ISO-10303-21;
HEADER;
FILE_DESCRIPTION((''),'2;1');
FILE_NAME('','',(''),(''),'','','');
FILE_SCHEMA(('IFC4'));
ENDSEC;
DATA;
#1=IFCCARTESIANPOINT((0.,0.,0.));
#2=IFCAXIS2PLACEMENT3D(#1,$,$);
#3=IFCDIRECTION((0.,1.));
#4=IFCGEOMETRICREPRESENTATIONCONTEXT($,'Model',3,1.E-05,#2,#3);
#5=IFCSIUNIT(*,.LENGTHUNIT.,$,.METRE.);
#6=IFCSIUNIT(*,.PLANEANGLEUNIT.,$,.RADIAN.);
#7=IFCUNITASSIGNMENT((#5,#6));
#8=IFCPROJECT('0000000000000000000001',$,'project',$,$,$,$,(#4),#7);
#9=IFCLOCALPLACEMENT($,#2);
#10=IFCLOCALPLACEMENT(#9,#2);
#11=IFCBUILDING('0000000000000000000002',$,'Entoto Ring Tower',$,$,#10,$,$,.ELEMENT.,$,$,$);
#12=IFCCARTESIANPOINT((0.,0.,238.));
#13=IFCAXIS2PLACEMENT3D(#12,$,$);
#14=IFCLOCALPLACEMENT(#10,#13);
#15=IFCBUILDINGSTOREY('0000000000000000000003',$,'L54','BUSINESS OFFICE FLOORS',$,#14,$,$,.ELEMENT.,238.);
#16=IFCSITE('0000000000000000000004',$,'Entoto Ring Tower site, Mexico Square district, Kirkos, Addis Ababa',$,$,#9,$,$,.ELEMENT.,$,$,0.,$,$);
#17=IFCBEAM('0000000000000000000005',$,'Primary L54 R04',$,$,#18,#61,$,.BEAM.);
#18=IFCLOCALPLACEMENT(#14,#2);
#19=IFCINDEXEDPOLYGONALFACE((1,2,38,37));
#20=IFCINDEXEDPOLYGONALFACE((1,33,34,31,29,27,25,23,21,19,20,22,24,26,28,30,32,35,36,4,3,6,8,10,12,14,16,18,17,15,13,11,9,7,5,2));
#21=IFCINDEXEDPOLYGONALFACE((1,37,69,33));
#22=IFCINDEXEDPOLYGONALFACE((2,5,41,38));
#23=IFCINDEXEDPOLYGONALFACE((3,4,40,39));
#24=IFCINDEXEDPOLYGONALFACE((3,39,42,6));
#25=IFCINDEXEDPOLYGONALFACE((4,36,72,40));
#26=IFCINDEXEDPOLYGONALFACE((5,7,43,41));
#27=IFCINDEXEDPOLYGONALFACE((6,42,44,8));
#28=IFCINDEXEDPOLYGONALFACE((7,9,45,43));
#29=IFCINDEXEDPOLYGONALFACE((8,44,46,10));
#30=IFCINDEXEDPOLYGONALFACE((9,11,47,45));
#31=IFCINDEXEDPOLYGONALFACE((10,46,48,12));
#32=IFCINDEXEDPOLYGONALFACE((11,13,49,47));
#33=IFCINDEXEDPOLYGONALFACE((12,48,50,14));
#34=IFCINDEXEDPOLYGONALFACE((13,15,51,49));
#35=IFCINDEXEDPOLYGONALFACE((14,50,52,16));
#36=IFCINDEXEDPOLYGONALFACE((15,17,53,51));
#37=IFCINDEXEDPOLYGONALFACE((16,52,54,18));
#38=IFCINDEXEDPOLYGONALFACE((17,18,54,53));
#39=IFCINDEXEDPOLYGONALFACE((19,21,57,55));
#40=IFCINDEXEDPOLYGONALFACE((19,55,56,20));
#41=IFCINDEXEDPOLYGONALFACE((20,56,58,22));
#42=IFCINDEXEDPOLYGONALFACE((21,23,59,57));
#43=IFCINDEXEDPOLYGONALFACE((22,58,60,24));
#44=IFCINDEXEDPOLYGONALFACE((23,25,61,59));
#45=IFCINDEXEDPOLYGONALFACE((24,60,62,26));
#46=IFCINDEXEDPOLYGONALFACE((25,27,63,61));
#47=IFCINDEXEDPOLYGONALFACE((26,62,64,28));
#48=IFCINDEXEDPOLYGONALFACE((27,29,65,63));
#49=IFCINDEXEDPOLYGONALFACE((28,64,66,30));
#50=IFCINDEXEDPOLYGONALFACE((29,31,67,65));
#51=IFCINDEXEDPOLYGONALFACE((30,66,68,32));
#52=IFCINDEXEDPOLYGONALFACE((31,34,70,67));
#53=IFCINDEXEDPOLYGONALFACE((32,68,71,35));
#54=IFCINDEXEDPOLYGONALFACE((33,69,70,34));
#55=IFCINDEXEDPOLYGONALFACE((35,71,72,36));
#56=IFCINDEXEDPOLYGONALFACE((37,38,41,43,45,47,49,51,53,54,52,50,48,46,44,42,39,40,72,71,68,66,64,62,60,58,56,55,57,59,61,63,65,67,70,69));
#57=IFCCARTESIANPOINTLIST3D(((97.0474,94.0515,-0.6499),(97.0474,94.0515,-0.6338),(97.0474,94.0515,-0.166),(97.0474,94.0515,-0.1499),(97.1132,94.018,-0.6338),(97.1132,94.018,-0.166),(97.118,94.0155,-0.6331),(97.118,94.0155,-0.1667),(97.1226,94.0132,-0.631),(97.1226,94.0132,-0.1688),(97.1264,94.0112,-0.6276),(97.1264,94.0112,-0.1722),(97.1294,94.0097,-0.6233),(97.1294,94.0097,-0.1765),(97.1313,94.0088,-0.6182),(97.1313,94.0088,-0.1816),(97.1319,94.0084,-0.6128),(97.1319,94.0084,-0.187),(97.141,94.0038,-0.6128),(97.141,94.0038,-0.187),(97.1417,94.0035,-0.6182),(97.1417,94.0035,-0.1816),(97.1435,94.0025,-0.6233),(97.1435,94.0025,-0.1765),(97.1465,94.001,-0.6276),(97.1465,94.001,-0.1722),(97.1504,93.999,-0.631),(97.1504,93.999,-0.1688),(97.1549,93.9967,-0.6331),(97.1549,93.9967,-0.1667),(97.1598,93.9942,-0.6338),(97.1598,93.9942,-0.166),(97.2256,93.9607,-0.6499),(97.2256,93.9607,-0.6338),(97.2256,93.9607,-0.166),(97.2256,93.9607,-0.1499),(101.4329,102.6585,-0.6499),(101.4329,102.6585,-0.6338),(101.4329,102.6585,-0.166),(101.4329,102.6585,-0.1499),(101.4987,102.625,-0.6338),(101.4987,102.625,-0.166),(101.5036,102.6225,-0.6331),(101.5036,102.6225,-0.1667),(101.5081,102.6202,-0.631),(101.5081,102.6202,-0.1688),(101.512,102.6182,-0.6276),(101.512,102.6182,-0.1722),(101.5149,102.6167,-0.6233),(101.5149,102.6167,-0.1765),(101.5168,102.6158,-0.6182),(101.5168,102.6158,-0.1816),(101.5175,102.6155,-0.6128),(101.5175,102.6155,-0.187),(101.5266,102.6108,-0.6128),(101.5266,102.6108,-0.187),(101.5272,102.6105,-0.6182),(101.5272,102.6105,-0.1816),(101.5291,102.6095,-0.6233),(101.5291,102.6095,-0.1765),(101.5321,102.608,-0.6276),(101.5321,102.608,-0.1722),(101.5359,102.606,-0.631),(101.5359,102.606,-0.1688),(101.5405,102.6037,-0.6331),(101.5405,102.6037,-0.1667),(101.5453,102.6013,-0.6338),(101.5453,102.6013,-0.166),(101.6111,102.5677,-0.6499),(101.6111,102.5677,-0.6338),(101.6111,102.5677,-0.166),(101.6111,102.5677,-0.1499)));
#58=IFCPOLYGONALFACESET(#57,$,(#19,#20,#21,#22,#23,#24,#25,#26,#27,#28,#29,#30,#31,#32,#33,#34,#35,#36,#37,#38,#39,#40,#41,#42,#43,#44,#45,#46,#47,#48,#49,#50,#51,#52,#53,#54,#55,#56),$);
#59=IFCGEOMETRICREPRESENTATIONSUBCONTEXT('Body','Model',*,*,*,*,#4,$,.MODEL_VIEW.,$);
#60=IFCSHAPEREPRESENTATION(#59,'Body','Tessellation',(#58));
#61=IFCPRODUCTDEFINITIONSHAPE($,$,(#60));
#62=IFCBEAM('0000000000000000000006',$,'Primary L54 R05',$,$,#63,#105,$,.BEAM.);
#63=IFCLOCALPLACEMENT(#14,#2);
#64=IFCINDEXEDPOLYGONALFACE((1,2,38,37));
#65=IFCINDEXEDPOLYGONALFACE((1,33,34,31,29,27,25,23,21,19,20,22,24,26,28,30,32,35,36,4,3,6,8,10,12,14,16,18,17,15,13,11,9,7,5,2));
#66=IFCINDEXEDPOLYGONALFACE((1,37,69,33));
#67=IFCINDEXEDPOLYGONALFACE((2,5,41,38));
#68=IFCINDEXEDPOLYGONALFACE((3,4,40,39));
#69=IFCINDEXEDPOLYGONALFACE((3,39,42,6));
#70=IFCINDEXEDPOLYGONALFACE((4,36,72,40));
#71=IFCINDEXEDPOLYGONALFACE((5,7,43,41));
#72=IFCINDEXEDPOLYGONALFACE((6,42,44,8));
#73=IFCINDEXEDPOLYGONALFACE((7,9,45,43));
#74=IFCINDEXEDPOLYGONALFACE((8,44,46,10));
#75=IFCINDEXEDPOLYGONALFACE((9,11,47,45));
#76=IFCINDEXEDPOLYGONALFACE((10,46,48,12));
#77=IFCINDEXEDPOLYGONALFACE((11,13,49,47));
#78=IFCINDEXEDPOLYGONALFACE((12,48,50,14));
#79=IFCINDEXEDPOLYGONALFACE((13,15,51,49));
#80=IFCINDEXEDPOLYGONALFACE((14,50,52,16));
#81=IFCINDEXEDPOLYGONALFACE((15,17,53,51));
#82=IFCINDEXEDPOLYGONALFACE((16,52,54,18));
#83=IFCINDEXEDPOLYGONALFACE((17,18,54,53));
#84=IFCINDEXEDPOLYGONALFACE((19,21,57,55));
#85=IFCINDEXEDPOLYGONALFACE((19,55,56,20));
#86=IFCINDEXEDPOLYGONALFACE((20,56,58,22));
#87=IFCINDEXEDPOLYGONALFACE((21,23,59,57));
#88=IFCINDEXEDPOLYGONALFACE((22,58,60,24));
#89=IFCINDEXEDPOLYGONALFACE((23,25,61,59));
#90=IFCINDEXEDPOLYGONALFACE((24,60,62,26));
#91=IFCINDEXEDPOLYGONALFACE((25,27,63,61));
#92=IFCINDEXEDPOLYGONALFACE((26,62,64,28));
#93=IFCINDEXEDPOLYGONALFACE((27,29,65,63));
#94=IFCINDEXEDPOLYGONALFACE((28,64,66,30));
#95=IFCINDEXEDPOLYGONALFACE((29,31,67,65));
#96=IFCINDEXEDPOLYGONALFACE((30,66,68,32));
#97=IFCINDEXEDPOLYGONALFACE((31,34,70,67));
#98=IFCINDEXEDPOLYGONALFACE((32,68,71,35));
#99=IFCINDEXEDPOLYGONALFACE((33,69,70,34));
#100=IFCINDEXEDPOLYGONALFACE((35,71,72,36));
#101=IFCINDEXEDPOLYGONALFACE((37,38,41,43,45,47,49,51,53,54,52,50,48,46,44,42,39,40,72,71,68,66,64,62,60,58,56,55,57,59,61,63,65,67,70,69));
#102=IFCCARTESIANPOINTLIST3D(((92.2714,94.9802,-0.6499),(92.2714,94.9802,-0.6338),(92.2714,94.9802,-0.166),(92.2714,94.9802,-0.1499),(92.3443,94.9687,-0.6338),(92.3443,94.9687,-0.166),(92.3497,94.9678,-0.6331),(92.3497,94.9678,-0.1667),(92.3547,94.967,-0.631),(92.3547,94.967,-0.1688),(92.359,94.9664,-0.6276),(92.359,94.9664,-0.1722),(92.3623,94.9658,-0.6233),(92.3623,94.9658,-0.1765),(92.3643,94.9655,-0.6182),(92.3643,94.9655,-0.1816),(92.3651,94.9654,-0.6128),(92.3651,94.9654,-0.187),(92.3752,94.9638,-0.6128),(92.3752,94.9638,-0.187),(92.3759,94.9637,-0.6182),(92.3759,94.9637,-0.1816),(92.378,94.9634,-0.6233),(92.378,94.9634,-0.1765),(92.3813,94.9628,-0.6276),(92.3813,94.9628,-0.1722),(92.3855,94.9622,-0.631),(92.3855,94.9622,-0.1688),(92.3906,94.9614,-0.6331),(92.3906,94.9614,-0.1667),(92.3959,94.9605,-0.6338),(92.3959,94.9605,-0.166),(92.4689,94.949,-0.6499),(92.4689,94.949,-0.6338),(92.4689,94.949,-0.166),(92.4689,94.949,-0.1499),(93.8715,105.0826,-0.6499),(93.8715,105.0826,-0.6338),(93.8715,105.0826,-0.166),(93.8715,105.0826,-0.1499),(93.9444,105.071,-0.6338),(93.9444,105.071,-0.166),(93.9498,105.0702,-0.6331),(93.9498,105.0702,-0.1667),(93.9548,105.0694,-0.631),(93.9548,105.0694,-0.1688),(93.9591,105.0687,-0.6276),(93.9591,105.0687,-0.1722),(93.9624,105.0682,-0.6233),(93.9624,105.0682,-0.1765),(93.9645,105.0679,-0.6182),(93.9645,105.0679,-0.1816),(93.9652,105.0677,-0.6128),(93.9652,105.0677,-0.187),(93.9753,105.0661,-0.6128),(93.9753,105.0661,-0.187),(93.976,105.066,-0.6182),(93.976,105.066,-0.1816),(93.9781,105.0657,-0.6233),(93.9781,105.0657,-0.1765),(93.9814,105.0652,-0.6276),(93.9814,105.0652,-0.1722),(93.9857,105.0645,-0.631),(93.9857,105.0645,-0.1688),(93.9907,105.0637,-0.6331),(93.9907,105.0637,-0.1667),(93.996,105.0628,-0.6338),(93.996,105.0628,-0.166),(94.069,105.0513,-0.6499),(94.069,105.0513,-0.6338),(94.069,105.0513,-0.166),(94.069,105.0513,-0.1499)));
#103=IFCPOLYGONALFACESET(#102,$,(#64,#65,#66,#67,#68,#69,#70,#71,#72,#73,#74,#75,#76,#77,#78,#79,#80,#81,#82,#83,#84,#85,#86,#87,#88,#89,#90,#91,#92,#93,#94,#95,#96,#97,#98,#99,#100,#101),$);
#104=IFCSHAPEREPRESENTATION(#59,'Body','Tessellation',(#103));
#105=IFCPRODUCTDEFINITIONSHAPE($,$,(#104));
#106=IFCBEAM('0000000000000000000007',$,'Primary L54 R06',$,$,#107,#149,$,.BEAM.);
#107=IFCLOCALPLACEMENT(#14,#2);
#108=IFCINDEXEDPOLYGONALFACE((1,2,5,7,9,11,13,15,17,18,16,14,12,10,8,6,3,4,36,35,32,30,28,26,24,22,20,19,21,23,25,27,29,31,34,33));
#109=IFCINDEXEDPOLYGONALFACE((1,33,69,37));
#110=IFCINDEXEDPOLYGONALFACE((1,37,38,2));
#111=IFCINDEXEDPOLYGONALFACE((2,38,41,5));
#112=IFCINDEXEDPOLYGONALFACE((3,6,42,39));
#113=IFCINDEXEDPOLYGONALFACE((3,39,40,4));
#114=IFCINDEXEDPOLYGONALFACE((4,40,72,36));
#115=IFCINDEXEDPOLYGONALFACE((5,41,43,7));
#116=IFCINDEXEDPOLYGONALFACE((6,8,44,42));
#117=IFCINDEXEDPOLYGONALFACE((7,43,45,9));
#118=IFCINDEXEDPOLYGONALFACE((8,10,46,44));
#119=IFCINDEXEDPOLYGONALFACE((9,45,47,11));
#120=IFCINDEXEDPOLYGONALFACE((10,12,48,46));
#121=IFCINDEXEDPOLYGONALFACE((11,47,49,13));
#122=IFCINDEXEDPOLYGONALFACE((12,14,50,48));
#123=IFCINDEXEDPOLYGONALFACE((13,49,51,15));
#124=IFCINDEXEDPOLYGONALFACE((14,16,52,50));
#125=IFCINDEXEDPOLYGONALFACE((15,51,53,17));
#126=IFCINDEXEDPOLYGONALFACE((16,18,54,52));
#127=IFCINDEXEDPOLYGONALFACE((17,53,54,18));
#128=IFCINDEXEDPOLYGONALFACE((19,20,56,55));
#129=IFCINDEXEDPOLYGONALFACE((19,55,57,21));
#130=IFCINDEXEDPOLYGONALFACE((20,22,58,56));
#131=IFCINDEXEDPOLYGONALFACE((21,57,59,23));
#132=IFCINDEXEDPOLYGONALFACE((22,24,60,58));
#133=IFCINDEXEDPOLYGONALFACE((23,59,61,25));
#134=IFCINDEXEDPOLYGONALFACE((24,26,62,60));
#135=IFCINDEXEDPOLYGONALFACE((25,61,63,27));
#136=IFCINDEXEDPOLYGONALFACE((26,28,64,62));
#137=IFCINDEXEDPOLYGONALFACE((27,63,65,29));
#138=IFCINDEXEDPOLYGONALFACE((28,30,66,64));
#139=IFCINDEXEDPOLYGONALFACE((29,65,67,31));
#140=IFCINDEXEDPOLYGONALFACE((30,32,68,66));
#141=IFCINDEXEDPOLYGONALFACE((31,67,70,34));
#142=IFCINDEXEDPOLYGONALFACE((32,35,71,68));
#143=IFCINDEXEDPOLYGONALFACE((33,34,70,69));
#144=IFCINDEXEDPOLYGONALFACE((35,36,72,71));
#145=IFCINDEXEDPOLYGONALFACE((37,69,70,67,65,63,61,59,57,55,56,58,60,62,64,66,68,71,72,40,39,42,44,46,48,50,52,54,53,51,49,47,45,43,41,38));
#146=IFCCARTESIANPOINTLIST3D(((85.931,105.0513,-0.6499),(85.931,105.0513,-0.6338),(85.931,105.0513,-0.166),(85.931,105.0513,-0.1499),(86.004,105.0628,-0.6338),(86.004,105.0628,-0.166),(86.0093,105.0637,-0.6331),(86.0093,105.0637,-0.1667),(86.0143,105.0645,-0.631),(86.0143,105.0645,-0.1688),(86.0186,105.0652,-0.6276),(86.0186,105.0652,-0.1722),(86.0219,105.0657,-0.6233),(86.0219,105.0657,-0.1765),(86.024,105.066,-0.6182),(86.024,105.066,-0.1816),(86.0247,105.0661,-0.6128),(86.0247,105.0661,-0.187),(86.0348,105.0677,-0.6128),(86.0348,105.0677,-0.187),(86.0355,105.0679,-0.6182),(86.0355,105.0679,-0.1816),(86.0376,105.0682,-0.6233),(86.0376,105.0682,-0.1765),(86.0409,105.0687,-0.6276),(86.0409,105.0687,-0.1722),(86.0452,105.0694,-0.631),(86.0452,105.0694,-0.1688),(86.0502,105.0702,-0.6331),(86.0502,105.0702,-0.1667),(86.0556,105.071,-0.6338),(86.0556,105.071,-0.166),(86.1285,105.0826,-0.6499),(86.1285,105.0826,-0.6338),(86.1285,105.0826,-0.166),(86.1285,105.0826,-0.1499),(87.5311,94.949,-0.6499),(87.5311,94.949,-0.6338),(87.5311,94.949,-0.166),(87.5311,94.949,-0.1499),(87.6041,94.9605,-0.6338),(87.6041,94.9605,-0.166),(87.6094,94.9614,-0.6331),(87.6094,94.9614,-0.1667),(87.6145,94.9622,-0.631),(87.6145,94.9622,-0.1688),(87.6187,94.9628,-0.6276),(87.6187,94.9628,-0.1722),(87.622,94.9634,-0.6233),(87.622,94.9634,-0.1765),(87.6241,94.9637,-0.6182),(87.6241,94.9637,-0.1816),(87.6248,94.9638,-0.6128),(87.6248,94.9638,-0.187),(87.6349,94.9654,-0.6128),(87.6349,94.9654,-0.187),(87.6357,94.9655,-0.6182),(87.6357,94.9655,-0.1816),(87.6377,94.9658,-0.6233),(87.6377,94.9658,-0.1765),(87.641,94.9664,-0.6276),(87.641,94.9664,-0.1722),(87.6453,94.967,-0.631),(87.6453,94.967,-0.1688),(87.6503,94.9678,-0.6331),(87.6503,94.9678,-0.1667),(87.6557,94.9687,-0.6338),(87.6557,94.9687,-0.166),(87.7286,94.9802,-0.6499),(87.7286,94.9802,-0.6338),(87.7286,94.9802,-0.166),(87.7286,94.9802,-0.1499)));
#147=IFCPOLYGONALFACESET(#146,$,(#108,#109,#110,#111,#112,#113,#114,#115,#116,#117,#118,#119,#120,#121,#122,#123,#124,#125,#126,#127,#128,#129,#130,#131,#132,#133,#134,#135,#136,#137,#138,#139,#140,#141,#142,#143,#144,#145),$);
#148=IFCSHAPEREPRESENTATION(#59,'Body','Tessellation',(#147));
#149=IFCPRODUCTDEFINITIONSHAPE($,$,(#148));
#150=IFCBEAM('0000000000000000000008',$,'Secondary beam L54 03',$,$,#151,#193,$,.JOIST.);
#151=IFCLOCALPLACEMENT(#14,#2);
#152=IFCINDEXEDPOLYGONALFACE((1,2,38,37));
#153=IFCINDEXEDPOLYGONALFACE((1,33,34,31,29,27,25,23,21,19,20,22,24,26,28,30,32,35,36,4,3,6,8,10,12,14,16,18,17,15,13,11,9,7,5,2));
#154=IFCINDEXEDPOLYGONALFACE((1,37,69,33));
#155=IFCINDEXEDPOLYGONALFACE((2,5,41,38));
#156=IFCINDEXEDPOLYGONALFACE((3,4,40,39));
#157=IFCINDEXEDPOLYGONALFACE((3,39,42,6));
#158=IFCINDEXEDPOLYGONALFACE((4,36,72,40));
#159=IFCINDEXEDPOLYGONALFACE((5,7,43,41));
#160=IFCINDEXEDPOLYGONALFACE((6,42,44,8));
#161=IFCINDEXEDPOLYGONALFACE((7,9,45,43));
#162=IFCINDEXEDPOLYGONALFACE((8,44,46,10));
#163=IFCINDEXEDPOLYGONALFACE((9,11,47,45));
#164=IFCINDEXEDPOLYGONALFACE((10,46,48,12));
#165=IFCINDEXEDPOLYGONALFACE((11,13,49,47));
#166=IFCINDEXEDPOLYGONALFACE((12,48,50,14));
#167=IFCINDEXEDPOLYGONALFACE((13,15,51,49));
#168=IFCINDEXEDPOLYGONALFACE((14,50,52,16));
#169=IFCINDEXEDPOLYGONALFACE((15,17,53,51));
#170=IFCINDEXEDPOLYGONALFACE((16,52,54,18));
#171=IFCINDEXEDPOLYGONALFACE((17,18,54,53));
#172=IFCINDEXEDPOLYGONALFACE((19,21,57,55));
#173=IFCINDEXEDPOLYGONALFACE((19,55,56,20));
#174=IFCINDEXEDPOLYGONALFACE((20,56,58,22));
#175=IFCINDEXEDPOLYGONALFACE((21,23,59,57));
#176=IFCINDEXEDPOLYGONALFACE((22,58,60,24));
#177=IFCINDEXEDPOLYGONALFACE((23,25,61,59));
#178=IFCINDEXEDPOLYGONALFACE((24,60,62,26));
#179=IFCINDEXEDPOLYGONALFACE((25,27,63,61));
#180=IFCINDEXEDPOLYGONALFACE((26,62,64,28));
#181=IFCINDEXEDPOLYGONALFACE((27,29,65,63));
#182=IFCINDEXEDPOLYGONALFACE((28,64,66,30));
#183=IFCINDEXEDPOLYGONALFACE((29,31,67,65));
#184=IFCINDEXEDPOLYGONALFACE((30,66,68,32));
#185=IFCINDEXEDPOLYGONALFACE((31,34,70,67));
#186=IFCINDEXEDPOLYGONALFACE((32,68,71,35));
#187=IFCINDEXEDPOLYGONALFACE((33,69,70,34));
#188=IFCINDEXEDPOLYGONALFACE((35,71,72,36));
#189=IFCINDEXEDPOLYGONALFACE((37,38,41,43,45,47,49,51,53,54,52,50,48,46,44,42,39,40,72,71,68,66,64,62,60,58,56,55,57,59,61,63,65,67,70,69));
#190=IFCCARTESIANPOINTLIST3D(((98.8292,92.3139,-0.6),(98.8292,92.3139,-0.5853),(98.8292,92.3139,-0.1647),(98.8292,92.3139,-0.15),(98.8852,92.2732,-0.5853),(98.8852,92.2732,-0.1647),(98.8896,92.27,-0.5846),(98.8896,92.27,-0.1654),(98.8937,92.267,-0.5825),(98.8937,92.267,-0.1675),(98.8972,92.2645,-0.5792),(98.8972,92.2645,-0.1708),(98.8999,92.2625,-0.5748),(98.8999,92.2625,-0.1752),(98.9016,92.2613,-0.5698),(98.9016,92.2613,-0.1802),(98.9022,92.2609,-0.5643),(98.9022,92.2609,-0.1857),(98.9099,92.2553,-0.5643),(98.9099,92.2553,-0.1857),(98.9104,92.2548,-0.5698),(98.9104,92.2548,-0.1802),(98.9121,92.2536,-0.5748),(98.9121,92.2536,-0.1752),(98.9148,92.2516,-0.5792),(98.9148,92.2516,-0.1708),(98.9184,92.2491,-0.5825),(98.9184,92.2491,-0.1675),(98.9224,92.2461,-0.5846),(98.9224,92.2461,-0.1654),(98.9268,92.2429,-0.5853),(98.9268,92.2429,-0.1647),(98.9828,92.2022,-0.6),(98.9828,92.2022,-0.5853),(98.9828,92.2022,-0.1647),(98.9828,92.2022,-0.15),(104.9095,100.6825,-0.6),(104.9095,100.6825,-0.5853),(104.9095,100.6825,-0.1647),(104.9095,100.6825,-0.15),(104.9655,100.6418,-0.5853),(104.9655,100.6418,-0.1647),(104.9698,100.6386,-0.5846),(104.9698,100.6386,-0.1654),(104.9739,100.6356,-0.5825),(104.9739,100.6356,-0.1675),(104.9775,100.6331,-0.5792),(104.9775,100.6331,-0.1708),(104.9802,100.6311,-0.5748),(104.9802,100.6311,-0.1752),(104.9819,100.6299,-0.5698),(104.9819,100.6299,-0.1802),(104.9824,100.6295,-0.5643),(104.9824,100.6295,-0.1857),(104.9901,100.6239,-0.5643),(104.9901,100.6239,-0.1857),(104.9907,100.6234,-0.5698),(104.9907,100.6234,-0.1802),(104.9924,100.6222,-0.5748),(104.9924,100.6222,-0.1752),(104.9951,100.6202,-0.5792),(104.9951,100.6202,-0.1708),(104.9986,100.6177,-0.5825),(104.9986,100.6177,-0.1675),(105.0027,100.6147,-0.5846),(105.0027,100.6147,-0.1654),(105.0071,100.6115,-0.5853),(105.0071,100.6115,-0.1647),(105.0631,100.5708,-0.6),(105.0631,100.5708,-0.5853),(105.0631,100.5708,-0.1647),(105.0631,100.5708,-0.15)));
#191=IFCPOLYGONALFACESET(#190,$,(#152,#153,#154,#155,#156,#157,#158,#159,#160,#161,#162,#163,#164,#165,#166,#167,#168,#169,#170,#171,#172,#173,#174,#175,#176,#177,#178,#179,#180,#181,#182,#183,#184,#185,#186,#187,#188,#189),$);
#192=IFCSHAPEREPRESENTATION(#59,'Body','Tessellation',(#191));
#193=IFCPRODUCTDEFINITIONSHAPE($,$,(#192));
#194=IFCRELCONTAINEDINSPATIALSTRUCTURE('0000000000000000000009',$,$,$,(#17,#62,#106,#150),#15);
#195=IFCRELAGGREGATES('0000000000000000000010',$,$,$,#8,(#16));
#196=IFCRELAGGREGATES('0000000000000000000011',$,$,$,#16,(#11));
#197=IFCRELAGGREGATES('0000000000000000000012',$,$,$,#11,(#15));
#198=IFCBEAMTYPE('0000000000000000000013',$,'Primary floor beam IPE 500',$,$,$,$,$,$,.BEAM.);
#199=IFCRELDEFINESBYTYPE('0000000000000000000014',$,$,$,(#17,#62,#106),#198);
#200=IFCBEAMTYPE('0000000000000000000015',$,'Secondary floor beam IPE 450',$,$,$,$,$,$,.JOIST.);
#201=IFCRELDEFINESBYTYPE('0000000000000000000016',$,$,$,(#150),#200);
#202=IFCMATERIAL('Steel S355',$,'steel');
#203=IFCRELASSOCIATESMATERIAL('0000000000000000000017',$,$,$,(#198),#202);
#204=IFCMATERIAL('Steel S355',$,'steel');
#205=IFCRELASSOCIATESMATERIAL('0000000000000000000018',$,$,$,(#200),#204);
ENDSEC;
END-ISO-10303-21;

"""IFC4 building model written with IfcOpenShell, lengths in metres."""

from ifc_helpers import new_model, si_unit, direction, frame, origin, origin_2d, place, context, subcontext, project, spatial, i_section, extrude, material, material_profile, profile_set, type_object, element, save


model = new_model("IFC4")

# Units and contexts
model_context = context("Model", 3, precision=1e-05, world=origin(), true_north=direction((0.0, 1.0)))
body_context = subcontext(model_context, "Body", "Model", "MODEL_VIEW")
ifc_project = project(units=[si_unit("LENGTHUNIT", "METRE"), si_unit("PLANEANGLEUNIT", "RADIAN")], contexts=[model_context])

# Site, building, storey
site_placement = place(None, origin())
site = spatial("IfcSite", under=ifc_project, at=site_placement, Name="Entoto Ring Tower site, Mexico Square district, Kirkos, Addis Ababa", CompositionType="ELEMENT", RefElevation=0.0)
building_placement = place(site_placement, origin())
building = spatial("IfcBuilding", under=site, at=building_placement, Name="Entoto Ring Tower", CompositionType="ELEMENT")
storey_placement = place(building_placement, frame((0.0, 0.0, 238.0)))
storey = spatial("IfcBuildingStorey", under=building, at=storey_placement, Name="L54", Description="BUSINESS OFFICE FLOORS", CompositionType="ELEMENT", Elevation=238.0)

# Beams
ifc_material_1 = material(Name="Steel S355", Category="steel")
ifc_material_profile_1 = material_profile(ifc_material_1, i_section(OverallWidth=0.2, OverallDepth=0.5, WebThickness=0.0103, FlangeThickness=0.0161, FilletRadius=0.021, at=origin_2d()), Name="IPE 500")
ifc_profile_set_1 = profile_set([ifc_material_profile_1], Name="Steel S355")
beam_type_1 = type_object("IfcBeamType", Name="Primary floor beam IPE 500", PredefinedType="BEAM", material=ifc_profile_set_1)
beam_1_placement = place(storey_placement, frame((97.1365, 94.0061, -0.3999), z_axis=(0.453994, 0.891005, 0.0), x_axis=(-0.891005, 0.453994, 0.0)))
element("IfcBeam", 1, at=beam_1_placement, inside=storey, type_object=beam_type_1, Name="Primary L54 R04", PredefinedType="BEAM", context=body_context, shape_type="SweptSolid", body=[
    extrude(i_section(OverallWidth=0.2, OverallDepth=0.5, WebThickness=0.0103, FlangeThickness=0.0161, FilletRadius=0.021, at=origin_2d()), origin(), (0.0, 0.0, 1.0), 9.6599),
])
for number, where, z_axis, x_axis, name in (
    (2, (92.3701, 94.9646, -0.3999), (0.156439, 0.987688, 0.0), (-0.987688, 0.156439, 0.0), "Primary L54 R05"),
    (3, (87.6299, 94.9646, -0.3999), (-0.156439, 0.987688, 0.0), (-0.987688, -0.156439, 0.0), "Primary L54 R06"),
):
    element("IfcBeam", number, at=place(storey_placement, frame(where, z_axis=z_axis, x_axis=x_axis)), inside=storey, type_object=beam_type_1, Name=name, PredefinedType="BEAM", context=body_context, shape_type="SweptSolid", body=[
        extrude(i_section(OverallWidth=0.2, OverallDepth=0.5, WebThickness=0.0103, FlangeThickness=0.0161, FilletRadius=0.021, at=origin_2d()), origin(), (0.0, 0.0, 1.0), 10.2283),
    ])
ifc_material_2 = material(Name="Steel S355", Category="steel")
ifc_material_profile_2 = material_profile(ifc_material_2, i_section(OverallWidth=0.1899, OverallDepth=0.45, WebThickness=0.0095, FlangeThickness=0.0146, FilletRadius=0.021, at=origin_2d()), Name="IPE 450")
ifc_profile_set_2 = profile_set([ifc_material_profile_2], Name="Steel S355")
beam_type_2 = type_object("IfcBeamType", Name="Secondary floor beam IPE 450", PredefinedType="JOIST", material=ifc_profile_set_2)
beam_2_placement = place(storey_placement, frame((98.906, 92.2581, -0.375), z_axis=(0.587794, 0.809011, 0.0), x_axis=(-0.809011, 0.587794, 0.0)))
element("IfcBeam", 4, at=beam_2_placement, inside=storey, type_object=beam_type_2, Name="Secondary beam L54 03", PredefinedType="JOIST", context=body_context, shape_type="SweptSolid", body=[
    extrude(i_section(OverallWidth=0.1899, OverallDepth=0.45, WebThickness=0.0095, FlangeThickness=0.0146, FilletRadius=0.021, at=origin_2d()), origin(), (0.0, 0.0, 1.0), 10.3442),
])

save(model, "model.ifc")
